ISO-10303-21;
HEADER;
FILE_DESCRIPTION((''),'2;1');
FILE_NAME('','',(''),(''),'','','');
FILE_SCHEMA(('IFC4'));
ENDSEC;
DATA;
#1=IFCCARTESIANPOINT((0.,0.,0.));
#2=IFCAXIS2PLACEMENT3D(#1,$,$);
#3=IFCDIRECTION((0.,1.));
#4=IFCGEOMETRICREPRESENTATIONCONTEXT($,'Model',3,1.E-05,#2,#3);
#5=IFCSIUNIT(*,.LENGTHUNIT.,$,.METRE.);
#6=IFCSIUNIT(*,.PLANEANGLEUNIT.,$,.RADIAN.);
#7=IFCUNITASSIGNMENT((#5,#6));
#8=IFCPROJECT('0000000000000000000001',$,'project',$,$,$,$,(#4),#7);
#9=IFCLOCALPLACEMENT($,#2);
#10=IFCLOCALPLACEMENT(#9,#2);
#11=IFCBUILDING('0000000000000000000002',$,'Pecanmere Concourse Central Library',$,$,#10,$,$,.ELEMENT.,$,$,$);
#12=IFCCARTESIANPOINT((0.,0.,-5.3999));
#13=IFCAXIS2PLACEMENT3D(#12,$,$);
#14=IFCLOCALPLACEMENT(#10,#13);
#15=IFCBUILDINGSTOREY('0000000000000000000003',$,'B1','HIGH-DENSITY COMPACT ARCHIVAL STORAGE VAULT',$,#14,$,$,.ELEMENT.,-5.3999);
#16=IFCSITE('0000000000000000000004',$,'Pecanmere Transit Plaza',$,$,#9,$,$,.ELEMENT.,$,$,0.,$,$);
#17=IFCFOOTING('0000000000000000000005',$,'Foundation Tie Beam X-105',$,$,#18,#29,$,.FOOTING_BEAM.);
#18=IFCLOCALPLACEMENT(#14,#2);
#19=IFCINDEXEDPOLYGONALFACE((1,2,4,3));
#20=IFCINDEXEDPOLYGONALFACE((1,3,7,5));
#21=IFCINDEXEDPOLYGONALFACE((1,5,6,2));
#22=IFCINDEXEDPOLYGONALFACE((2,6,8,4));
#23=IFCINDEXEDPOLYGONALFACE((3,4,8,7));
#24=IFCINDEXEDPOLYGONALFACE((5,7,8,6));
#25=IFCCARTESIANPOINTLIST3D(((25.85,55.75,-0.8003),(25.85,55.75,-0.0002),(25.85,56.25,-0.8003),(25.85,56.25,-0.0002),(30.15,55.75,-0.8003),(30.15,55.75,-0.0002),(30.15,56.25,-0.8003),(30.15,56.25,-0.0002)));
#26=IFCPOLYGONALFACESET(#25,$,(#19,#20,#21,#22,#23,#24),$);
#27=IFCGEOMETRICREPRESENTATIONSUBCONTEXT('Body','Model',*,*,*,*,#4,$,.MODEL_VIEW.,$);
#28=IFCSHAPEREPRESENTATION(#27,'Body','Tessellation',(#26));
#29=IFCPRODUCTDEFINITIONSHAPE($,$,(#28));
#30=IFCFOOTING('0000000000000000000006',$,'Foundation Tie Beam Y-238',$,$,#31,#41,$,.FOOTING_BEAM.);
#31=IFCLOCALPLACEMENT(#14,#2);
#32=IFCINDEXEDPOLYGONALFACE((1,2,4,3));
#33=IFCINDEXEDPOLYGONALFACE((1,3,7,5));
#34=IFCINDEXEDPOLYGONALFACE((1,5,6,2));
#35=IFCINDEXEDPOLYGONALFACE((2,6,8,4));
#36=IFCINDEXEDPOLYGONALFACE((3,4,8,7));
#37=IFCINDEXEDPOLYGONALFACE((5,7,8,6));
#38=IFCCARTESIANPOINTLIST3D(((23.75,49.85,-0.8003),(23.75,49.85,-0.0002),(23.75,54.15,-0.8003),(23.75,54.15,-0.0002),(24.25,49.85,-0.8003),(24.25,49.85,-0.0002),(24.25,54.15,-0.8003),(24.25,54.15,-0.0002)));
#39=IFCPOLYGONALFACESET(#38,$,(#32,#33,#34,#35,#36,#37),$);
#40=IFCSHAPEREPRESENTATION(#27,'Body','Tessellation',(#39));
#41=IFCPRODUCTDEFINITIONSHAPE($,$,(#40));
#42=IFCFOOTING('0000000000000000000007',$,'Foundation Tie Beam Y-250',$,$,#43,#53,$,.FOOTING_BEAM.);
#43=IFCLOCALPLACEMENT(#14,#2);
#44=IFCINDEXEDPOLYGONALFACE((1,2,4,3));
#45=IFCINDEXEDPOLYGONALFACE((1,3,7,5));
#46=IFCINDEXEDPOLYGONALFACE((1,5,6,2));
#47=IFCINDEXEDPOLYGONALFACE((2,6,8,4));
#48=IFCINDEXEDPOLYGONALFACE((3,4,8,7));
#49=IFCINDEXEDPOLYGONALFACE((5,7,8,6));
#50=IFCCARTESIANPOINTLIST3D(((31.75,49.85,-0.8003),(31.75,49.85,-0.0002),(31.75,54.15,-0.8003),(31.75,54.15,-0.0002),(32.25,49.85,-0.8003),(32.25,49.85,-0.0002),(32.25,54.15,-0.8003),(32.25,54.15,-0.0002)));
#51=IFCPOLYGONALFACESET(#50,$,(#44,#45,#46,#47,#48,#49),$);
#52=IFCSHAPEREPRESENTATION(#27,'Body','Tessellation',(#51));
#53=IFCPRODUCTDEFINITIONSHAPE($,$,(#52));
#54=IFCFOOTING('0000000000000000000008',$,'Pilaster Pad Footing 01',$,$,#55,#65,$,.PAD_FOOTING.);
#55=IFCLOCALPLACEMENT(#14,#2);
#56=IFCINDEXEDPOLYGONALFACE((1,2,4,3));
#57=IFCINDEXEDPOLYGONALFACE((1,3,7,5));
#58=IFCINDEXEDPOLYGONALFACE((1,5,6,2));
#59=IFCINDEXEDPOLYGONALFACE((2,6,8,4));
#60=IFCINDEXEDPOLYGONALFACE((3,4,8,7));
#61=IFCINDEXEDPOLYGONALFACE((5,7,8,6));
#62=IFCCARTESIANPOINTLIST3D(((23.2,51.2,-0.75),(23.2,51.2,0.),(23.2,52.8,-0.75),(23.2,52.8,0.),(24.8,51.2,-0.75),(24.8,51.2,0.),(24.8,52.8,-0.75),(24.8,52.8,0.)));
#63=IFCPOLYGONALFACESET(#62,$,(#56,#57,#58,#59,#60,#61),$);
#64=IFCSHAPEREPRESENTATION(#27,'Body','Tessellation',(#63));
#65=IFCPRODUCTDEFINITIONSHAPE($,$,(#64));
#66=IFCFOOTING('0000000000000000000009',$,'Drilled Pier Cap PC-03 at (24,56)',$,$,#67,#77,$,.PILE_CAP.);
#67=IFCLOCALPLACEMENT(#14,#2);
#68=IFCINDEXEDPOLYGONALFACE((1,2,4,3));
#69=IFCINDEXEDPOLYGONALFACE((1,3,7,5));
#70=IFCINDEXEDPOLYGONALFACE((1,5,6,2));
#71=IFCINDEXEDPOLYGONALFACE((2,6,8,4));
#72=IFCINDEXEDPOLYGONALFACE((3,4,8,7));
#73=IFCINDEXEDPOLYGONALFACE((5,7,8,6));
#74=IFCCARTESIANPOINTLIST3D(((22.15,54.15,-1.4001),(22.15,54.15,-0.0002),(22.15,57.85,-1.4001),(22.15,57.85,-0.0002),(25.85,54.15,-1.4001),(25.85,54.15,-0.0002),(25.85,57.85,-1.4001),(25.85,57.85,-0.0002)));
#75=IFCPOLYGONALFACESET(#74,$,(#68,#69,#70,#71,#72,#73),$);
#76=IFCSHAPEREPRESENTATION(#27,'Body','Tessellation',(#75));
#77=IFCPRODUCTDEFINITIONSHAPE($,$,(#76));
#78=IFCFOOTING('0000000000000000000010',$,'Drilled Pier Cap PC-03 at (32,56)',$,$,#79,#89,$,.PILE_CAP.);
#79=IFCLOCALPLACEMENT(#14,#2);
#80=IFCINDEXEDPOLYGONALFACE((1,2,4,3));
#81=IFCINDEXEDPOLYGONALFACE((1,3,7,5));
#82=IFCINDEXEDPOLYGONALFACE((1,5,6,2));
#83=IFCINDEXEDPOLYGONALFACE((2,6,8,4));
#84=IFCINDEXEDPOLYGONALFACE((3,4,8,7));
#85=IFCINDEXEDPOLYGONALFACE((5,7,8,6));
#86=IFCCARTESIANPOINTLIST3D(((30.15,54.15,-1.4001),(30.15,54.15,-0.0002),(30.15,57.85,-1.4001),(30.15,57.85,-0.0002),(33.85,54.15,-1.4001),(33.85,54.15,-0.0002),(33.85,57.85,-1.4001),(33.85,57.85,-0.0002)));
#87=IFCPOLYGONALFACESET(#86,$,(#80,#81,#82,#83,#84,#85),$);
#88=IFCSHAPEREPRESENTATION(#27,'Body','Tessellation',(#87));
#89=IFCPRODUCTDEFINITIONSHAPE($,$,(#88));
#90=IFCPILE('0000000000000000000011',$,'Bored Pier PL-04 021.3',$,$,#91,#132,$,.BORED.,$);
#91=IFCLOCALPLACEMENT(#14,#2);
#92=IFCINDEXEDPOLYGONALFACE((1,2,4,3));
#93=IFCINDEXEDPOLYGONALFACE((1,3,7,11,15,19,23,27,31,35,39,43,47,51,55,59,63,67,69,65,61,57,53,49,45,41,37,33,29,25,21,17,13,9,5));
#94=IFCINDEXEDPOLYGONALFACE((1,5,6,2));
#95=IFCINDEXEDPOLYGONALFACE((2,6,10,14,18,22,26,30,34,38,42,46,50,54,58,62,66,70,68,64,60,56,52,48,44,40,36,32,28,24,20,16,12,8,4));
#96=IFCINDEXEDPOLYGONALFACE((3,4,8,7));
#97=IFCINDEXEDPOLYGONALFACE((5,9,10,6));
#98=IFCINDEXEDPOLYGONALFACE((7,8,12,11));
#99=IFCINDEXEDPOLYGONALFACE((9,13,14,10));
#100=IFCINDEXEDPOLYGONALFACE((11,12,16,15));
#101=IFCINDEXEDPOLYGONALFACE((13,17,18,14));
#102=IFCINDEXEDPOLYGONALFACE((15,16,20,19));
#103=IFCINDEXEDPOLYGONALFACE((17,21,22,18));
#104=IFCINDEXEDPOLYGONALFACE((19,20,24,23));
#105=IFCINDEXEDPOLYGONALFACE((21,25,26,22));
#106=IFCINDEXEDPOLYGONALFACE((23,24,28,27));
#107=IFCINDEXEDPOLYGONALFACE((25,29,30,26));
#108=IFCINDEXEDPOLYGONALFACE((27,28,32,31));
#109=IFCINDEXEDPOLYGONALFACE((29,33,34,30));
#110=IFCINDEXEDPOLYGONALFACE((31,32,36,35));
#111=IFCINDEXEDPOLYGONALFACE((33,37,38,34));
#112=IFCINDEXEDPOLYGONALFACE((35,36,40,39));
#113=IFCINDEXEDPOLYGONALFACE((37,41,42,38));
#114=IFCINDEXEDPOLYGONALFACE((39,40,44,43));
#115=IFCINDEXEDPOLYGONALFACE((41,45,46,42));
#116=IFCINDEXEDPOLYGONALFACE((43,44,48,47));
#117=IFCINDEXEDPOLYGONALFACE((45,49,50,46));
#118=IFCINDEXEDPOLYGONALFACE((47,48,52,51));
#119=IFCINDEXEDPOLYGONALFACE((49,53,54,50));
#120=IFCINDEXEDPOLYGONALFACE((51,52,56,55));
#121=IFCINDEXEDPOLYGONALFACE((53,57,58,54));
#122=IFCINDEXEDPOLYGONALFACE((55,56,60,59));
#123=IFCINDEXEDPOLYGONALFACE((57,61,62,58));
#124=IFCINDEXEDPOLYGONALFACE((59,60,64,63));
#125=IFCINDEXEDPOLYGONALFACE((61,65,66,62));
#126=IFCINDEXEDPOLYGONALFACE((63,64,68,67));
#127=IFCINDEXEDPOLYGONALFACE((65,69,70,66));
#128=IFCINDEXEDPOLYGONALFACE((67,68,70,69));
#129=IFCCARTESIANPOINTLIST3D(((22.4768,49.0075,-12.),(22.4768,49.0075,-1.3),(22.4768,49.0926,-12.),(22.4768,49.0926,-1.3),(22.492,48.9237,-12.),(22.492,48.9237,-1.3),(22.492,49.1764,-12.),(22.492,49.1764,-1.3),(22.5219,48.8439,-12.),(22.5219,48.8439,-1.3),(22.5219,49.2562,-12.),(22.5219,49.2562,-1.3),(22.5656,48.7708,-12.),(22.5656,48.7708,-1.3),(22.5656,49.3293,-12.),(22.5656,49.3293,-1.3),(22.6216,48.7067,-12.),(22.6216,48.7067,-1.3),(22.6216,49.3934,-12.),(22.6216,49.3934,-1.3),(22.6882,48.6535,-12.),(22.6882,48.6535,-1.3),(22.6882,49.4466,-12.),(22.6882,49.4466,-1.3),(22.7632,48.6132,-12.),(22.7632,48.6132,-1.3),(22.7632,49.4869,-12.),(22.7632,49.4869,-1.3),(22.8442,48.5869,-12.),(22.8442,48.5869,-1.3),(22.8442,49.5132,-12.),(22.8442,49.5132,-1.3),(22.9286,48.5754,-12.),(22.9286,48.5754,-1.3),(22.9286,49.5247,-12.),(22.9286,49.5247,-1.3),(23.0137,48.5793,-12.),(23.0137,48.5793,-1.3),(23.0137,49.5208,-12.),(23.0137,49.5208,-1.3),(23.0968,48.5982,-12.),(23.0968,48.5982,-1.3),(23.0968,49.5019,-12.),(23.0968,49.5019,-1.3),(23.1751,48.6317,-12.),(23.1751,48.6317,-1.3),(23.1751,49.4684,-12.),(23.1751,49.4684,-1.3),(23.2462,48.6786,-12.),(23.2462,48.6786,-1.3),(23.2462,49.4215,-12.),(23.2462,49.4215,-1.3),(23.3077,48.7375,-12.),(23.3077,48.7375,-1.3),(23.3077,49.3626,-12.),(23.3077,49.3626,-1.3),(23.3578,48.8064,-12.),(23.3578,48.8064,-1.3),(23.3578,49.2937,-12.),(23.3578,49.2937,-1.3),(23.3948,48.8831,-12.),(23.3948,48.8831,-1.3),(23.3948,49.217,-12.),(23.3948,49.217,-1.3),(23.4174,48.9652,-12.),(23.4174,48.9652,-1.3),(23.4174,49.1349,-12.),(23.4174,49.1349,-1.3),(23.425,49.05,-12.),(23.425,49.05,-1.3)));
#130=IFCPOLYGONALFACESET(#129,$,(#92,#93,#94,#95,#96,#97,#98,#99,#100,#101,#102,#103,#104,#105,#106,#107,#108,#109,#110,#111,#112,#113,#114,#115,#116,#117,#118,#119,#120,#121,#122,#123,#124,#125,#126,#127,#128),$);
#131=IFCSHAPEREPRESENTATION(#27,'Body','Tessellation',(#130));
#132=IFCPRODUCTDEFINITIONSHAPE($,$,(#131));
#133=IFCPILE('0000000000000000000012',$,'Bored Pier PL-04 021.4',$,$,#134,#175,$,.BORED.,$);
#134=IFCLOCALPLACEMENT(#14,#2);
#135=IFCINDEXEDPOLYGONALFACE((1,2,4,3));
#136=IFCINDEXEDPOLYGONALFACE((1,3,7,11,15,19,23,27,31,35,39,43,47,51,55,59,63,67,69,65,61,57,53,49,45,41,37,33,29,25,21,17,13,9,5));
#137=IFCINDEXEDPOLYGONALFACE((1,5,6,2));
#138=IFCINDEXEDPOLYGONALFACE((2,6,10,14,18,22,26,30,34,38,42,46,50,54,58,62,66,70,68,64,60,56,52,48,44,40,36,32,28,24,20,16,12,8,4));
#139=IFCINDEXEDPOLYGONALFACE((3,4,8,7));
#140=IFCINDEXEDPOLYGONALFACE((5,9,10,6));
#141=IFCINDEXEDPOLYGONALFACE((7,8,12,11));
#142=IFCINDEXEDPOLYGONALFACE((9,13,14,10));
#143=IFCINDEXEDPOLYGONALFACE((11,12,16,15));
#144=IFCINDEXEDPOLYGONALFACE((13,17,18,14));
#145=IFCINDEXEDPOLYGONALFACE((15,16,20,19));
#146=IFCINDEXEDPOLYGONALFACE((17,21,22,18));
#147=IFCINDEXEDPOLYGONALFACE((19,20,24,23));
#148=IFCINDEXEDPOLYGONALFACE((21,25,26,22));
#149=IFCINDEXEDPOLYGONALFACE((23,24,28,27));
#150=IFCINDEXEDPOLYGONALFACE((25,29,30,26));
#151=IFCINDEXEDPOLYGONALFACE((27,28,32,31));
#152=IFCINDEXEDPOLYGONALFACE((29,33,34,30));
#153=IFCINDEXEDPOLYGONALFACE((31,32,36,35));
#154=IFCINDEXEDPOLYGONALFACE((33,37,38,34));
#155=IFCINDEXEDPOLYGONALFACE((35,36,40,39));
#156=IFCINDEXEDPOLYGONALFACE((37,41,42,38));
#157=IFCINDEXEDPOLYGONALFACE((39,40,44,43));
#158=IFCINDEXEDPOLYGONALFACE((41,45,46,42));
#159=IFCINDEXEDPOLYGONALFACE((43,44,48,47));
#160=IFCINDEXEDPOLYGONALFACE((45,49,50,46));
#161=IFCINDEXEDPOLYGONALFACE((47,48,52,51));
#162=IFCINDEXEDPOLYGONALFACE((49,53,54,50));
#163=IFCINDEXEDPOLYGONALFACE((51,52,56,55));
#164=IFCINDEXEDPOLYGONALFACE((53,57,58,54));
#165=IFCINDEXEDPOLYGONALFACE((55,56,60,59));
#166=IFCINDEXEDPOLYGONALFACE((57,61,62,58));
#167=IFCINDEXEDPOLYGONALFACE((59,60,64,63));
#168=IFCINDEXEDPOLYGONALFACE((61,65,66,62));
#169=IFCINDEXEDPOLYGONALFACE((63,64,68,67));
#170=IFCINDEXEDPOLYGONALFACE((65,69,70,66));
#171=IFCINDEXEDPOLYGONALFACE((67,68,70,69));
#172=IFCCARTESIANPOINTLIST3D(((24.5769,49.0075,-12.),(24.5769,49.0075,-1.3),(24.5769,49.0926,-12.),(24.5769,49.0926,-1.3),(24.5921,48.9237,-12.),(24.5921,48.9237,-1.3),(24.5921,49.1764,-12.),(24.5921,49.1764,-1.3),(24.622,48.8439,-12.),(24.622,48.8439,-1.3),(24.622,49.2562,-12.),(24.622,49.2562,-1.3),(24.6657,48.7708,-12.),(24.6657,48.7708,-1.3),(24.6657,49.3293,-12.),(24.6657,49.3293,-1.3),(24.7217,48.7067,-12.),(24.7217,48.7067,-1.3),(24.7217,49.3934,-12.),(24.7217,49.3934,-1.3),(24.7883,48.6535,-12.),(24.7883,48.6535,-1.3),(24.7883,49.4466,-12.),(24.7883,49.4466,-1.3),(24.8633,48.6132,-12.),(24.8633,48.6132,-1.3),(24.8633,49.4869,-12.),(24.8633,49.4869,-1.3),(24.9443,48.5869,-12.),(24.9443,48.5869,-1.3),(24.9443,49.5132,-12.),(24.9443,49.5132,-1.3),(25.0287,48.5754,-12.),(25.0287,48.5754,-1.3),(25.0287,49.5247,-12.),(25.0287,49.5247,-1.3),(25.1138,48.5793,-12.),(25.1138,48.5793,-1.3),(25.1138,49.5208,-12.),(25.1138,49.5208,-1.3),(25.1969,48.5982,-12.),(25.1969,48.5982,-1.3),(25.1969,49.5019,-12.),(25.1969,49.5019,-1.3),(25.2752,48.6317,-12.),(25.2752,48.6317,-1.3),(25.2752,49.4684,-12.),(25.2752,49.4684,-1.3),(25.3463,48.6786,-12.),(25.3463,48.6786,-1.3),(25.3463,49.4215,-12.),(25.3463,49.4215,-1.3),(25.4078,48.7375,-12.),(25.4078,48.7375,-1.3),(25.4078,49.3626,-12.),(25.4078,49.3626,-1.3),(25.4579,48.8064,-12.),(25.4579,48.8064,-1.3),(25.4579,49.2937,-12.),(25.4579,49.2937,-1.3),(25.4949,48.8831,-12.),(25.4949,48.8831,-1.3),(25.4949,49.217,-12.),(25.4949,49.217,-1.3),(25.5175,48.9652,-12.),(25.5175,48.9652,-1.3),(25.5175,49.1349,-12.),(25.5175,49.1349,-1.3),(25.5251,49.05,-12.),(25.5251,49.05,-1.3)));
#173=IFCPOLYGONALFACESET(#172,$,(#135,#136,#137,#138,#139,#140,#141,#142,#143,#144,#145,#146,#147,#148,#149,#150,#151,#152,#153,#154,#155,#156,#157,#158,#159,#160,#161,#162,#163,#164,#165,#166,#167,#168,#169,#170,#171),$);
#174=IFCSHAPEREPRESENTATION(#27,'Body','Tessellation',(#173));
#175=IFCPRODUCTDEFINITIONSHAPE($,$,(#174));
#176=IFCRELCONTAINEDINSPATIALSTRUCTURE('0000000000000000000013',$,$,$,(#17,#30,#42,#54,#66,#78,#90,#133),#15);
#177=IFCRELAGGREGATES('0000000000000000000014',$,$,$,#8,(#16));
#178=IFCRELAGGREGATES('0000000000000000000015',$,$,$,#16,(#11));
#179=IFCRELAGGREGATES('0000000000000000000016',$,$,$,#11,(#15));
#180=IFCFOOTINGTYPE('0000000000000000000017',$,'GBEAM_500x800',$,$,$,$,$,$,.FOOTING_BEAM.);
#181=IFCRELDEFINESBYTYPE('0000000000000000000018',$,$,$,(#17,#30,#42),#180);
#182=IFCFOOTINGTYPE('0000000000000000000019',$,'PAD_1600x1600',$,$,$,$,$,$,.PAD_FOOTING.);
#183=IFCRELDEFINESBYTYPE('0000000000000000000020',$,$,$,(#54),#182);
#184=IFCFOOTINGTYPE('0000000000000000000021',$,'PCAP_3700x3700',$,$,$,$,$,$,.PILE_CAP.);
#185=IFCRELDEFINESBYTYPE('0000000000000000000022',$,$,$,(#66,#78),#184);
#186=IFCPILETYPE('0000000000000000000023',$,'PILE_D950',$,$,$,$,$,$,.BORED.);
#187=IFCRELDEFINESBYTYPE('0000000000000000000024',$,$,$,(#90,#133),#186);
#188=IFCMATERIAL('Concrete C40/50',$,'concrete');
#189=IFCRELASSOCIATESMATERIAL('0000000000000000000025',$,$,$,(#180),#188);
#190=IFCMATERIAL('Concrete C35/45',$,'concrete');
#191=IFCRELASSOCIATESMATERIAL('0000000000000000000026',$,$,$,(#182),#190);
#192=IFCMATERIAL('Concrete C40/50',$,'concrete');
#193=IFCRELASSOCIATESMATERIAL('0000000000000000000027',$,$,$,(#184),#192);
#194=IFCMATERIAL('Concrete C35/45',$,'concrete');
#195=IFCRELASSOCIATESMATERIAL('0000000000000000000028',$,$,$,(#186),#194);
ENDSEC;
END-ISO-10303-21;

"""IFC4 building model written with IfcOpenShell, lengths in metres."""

from ifc_helpers import new_model, si_unit, direction, frame, origin, origin_2d, place, context, subcontext, project, spatial, rectangle, circle, extrude, material, material_profile, profile_set, type_object, element, save


model = new_model("IFC4")

# Units and contexts
model_context = context("Model", 3, precision=1e-05, world=origin(), true_north=direction((0.0, 1.0)))
body_context = subcontext(model_context, "Body", "Model", "MODEL_VIEW")
ifc_project = project(units=[si_unit("LENGTHUNIT", "METRE"), si_unit("PLANEANGLEUNIT", "RADIAN")], contexts=[model_context])

# Site, building, storey
site_placement = place(None, origin())
site = spatial("IfcSite", under=ifc_project, at=site_placement, Name="Pecanmere Transit Plaza", CompositionType="ELEMENT", RefElevation=0.0)
building_placement = place(site_placement, origin())
building = spatial("IfcBuilding", under=site, at=building_placement, Name="Pecanmere Concourse Central Library", CompositionType="ELEMENT")
storey_placement = place(building_placement, frame((0.0, 0.0, -5.3999)))
storey = spatial("IfcBuildingStorey", under=building, at=storey_placement, Name="B1", Description="HIGH-DENSITY COMPACT ARCHIVAL STORAGE VAULT", CompositionType="ELEMENT", Elevation=-5.3999)

# Footings
ifc_material_1 = material(Name="Concrete C40/50", Category="concrete")
ifc_material_profile_1 = material_profile(ifc_material_1, rectangle(XDim=0.5, YDim=0.8, at=origin_2d()), Name="RC 500x800")
ifc_profile_set_1 = profile_set([ifc_material_profile_1], Name="Concrete C40/50")
footing_type_1 = type_object("IfcFootingType", Name="GBEAM_500x800", PredefinedType="FOOTING_BEAM", material=ifc_profile_set_1)
for number, where, z_axis, x_axis, name in (
    (1, (28.0, 56.0, -0.8003), (0.0, 0.0, 1.0), (1.0, 0.0, 0.0), "Foundation Tie Beam X-105"),
    (2, (24.0, 52.0, -0.8003), (0.0, 0.0, 1.0), (0.0, 1.0, 0.0), "Foundation Tie Beam Y-238"),
    (3, (32.0, 52.0, -0.8003), (0.0, 0.0, 1.0), (0.0, 1.0, 0.0), "Foundation Tie Beam Y-250"),
):
    element("IfcFooting", number, at=place(storey_placement, frame(where, z_axis=z_axis, x_axis=x_axis)), inside=storey, type_object=footing_type_1, Name=name, PredefinedType="FOOTING_BEAM", context=body_context, shape_type="SweptSolid", body=[
        extrude(rectangle(XDim=4.3, YDim=0.5, at=origin_2d()), origin(), (0.0, 0.0, 1.0), 0.8),
    ])
ifc_material_2 = material(Name="Concrete C35/45", Category="concrete")
footing_type_2 = type_object("IfcFootingType", Name="PAD_1600x1600", PredefinedType="PAD_FOOTING", material=ifc_material_2)
footing_placement = place(storey_placement, frame((24.0, 52.0, -0.75), z_axis=(0.0, 0.0, 1.0), x_axis=(1.0, 0.0, 0.0)))
element("IfcFooting", 4, at=footing_placement, inside=storey, type_object=footing_type_2, Name="Pilaster Pad Footing 01", PredefinedType="PAD_FOOTING", context=body_context, shape_type="SweptSolid", body=[
    extrude(rectangle(XDim=1.6001, YDim=1.6001, at=origin_2d()), origin(), (0.0, 0.0, 1.0), 0.75),
])
ifc_material_3 = material(Name="Concrete C40/50", Category="concrete")
footing_type_3 = type_object("IfcFootingType", Name="PCAP_3700x3700", PredefinedType="PILE_CAP", material=ifc_material_3)
for number, where, z_axis, x_axis, name in (
    (5, (24.0, 56.0, -1.4001), (0.0, 0.0, 1.0), (1.0, 0.0, 0.0), "Drilled Pier Cap PC-03 at (24,56)"),
    (6, (32.0, 56.0, -1.4001), (0.0, 0.0, 1.0), (1.0, 0.0, 0.0), "Drilled Pier Cap PC-03 at (32,56)"),
):
    element("IfcFooting", number, at=place(storey_placement, frame(where, z_axis=z_axis, x_axis=x_axis)), inside=storey, type_object=footing_type_3, Name=name, PredefinedType="PILE_CAP", context=body_context, shape_type="SweptSolid", body=[
        extrude(rectangle(XDim=3.7, YDim=3.7, at=origin_2d()), origin(), (0.0, 0.0, 1.0), 1.3999),
    ])

# Piles
ifc_material_4 = material(Name="Concrete C35/45", Category="concrete")
ifc_material_profile_2 = material_profile(ifc_material_4, circle(Radius=0.4751, at=origin_2d()), Name="PIER D950")
ifc_profile_set_2 = profile_set([ifc_material_profile_2], Name="Concrete C35/45")
pile_type = type_object("IfcPileType", Name="PILE_D950", PredefinedType="BORED", material=ifc_profile_set_2)
for number, where, z_axis, x_axis, name in (
    (7, (22.95, 49.05, -1.3), (0.0, 0.0, -1.0), (1.0, 0.0, 0.0), "Bored Pier PL-04 021.3"),
    (8, (25.05, 49.05, -1.3), (0.0, 0.0, -1.0), (1.0, 0.0, 0.0), "Bored Pier PL-04 021.4"),
):
    element("IfcPile", number, at=place(storey_placement, frame(where, z_axis=z_axis, x_axis=x_axis)), inside=storey, type_object=pile_type, Name=name, PredefinedType="BORED", context=body_context, shape_type="SweptSolid", body=[
        extrude(circle(Radius=0.4751, at=origin_2d()), origin(), (0.0, 0.0, 1.0), 10.7),
    ])

save(model, "model.ifc")
